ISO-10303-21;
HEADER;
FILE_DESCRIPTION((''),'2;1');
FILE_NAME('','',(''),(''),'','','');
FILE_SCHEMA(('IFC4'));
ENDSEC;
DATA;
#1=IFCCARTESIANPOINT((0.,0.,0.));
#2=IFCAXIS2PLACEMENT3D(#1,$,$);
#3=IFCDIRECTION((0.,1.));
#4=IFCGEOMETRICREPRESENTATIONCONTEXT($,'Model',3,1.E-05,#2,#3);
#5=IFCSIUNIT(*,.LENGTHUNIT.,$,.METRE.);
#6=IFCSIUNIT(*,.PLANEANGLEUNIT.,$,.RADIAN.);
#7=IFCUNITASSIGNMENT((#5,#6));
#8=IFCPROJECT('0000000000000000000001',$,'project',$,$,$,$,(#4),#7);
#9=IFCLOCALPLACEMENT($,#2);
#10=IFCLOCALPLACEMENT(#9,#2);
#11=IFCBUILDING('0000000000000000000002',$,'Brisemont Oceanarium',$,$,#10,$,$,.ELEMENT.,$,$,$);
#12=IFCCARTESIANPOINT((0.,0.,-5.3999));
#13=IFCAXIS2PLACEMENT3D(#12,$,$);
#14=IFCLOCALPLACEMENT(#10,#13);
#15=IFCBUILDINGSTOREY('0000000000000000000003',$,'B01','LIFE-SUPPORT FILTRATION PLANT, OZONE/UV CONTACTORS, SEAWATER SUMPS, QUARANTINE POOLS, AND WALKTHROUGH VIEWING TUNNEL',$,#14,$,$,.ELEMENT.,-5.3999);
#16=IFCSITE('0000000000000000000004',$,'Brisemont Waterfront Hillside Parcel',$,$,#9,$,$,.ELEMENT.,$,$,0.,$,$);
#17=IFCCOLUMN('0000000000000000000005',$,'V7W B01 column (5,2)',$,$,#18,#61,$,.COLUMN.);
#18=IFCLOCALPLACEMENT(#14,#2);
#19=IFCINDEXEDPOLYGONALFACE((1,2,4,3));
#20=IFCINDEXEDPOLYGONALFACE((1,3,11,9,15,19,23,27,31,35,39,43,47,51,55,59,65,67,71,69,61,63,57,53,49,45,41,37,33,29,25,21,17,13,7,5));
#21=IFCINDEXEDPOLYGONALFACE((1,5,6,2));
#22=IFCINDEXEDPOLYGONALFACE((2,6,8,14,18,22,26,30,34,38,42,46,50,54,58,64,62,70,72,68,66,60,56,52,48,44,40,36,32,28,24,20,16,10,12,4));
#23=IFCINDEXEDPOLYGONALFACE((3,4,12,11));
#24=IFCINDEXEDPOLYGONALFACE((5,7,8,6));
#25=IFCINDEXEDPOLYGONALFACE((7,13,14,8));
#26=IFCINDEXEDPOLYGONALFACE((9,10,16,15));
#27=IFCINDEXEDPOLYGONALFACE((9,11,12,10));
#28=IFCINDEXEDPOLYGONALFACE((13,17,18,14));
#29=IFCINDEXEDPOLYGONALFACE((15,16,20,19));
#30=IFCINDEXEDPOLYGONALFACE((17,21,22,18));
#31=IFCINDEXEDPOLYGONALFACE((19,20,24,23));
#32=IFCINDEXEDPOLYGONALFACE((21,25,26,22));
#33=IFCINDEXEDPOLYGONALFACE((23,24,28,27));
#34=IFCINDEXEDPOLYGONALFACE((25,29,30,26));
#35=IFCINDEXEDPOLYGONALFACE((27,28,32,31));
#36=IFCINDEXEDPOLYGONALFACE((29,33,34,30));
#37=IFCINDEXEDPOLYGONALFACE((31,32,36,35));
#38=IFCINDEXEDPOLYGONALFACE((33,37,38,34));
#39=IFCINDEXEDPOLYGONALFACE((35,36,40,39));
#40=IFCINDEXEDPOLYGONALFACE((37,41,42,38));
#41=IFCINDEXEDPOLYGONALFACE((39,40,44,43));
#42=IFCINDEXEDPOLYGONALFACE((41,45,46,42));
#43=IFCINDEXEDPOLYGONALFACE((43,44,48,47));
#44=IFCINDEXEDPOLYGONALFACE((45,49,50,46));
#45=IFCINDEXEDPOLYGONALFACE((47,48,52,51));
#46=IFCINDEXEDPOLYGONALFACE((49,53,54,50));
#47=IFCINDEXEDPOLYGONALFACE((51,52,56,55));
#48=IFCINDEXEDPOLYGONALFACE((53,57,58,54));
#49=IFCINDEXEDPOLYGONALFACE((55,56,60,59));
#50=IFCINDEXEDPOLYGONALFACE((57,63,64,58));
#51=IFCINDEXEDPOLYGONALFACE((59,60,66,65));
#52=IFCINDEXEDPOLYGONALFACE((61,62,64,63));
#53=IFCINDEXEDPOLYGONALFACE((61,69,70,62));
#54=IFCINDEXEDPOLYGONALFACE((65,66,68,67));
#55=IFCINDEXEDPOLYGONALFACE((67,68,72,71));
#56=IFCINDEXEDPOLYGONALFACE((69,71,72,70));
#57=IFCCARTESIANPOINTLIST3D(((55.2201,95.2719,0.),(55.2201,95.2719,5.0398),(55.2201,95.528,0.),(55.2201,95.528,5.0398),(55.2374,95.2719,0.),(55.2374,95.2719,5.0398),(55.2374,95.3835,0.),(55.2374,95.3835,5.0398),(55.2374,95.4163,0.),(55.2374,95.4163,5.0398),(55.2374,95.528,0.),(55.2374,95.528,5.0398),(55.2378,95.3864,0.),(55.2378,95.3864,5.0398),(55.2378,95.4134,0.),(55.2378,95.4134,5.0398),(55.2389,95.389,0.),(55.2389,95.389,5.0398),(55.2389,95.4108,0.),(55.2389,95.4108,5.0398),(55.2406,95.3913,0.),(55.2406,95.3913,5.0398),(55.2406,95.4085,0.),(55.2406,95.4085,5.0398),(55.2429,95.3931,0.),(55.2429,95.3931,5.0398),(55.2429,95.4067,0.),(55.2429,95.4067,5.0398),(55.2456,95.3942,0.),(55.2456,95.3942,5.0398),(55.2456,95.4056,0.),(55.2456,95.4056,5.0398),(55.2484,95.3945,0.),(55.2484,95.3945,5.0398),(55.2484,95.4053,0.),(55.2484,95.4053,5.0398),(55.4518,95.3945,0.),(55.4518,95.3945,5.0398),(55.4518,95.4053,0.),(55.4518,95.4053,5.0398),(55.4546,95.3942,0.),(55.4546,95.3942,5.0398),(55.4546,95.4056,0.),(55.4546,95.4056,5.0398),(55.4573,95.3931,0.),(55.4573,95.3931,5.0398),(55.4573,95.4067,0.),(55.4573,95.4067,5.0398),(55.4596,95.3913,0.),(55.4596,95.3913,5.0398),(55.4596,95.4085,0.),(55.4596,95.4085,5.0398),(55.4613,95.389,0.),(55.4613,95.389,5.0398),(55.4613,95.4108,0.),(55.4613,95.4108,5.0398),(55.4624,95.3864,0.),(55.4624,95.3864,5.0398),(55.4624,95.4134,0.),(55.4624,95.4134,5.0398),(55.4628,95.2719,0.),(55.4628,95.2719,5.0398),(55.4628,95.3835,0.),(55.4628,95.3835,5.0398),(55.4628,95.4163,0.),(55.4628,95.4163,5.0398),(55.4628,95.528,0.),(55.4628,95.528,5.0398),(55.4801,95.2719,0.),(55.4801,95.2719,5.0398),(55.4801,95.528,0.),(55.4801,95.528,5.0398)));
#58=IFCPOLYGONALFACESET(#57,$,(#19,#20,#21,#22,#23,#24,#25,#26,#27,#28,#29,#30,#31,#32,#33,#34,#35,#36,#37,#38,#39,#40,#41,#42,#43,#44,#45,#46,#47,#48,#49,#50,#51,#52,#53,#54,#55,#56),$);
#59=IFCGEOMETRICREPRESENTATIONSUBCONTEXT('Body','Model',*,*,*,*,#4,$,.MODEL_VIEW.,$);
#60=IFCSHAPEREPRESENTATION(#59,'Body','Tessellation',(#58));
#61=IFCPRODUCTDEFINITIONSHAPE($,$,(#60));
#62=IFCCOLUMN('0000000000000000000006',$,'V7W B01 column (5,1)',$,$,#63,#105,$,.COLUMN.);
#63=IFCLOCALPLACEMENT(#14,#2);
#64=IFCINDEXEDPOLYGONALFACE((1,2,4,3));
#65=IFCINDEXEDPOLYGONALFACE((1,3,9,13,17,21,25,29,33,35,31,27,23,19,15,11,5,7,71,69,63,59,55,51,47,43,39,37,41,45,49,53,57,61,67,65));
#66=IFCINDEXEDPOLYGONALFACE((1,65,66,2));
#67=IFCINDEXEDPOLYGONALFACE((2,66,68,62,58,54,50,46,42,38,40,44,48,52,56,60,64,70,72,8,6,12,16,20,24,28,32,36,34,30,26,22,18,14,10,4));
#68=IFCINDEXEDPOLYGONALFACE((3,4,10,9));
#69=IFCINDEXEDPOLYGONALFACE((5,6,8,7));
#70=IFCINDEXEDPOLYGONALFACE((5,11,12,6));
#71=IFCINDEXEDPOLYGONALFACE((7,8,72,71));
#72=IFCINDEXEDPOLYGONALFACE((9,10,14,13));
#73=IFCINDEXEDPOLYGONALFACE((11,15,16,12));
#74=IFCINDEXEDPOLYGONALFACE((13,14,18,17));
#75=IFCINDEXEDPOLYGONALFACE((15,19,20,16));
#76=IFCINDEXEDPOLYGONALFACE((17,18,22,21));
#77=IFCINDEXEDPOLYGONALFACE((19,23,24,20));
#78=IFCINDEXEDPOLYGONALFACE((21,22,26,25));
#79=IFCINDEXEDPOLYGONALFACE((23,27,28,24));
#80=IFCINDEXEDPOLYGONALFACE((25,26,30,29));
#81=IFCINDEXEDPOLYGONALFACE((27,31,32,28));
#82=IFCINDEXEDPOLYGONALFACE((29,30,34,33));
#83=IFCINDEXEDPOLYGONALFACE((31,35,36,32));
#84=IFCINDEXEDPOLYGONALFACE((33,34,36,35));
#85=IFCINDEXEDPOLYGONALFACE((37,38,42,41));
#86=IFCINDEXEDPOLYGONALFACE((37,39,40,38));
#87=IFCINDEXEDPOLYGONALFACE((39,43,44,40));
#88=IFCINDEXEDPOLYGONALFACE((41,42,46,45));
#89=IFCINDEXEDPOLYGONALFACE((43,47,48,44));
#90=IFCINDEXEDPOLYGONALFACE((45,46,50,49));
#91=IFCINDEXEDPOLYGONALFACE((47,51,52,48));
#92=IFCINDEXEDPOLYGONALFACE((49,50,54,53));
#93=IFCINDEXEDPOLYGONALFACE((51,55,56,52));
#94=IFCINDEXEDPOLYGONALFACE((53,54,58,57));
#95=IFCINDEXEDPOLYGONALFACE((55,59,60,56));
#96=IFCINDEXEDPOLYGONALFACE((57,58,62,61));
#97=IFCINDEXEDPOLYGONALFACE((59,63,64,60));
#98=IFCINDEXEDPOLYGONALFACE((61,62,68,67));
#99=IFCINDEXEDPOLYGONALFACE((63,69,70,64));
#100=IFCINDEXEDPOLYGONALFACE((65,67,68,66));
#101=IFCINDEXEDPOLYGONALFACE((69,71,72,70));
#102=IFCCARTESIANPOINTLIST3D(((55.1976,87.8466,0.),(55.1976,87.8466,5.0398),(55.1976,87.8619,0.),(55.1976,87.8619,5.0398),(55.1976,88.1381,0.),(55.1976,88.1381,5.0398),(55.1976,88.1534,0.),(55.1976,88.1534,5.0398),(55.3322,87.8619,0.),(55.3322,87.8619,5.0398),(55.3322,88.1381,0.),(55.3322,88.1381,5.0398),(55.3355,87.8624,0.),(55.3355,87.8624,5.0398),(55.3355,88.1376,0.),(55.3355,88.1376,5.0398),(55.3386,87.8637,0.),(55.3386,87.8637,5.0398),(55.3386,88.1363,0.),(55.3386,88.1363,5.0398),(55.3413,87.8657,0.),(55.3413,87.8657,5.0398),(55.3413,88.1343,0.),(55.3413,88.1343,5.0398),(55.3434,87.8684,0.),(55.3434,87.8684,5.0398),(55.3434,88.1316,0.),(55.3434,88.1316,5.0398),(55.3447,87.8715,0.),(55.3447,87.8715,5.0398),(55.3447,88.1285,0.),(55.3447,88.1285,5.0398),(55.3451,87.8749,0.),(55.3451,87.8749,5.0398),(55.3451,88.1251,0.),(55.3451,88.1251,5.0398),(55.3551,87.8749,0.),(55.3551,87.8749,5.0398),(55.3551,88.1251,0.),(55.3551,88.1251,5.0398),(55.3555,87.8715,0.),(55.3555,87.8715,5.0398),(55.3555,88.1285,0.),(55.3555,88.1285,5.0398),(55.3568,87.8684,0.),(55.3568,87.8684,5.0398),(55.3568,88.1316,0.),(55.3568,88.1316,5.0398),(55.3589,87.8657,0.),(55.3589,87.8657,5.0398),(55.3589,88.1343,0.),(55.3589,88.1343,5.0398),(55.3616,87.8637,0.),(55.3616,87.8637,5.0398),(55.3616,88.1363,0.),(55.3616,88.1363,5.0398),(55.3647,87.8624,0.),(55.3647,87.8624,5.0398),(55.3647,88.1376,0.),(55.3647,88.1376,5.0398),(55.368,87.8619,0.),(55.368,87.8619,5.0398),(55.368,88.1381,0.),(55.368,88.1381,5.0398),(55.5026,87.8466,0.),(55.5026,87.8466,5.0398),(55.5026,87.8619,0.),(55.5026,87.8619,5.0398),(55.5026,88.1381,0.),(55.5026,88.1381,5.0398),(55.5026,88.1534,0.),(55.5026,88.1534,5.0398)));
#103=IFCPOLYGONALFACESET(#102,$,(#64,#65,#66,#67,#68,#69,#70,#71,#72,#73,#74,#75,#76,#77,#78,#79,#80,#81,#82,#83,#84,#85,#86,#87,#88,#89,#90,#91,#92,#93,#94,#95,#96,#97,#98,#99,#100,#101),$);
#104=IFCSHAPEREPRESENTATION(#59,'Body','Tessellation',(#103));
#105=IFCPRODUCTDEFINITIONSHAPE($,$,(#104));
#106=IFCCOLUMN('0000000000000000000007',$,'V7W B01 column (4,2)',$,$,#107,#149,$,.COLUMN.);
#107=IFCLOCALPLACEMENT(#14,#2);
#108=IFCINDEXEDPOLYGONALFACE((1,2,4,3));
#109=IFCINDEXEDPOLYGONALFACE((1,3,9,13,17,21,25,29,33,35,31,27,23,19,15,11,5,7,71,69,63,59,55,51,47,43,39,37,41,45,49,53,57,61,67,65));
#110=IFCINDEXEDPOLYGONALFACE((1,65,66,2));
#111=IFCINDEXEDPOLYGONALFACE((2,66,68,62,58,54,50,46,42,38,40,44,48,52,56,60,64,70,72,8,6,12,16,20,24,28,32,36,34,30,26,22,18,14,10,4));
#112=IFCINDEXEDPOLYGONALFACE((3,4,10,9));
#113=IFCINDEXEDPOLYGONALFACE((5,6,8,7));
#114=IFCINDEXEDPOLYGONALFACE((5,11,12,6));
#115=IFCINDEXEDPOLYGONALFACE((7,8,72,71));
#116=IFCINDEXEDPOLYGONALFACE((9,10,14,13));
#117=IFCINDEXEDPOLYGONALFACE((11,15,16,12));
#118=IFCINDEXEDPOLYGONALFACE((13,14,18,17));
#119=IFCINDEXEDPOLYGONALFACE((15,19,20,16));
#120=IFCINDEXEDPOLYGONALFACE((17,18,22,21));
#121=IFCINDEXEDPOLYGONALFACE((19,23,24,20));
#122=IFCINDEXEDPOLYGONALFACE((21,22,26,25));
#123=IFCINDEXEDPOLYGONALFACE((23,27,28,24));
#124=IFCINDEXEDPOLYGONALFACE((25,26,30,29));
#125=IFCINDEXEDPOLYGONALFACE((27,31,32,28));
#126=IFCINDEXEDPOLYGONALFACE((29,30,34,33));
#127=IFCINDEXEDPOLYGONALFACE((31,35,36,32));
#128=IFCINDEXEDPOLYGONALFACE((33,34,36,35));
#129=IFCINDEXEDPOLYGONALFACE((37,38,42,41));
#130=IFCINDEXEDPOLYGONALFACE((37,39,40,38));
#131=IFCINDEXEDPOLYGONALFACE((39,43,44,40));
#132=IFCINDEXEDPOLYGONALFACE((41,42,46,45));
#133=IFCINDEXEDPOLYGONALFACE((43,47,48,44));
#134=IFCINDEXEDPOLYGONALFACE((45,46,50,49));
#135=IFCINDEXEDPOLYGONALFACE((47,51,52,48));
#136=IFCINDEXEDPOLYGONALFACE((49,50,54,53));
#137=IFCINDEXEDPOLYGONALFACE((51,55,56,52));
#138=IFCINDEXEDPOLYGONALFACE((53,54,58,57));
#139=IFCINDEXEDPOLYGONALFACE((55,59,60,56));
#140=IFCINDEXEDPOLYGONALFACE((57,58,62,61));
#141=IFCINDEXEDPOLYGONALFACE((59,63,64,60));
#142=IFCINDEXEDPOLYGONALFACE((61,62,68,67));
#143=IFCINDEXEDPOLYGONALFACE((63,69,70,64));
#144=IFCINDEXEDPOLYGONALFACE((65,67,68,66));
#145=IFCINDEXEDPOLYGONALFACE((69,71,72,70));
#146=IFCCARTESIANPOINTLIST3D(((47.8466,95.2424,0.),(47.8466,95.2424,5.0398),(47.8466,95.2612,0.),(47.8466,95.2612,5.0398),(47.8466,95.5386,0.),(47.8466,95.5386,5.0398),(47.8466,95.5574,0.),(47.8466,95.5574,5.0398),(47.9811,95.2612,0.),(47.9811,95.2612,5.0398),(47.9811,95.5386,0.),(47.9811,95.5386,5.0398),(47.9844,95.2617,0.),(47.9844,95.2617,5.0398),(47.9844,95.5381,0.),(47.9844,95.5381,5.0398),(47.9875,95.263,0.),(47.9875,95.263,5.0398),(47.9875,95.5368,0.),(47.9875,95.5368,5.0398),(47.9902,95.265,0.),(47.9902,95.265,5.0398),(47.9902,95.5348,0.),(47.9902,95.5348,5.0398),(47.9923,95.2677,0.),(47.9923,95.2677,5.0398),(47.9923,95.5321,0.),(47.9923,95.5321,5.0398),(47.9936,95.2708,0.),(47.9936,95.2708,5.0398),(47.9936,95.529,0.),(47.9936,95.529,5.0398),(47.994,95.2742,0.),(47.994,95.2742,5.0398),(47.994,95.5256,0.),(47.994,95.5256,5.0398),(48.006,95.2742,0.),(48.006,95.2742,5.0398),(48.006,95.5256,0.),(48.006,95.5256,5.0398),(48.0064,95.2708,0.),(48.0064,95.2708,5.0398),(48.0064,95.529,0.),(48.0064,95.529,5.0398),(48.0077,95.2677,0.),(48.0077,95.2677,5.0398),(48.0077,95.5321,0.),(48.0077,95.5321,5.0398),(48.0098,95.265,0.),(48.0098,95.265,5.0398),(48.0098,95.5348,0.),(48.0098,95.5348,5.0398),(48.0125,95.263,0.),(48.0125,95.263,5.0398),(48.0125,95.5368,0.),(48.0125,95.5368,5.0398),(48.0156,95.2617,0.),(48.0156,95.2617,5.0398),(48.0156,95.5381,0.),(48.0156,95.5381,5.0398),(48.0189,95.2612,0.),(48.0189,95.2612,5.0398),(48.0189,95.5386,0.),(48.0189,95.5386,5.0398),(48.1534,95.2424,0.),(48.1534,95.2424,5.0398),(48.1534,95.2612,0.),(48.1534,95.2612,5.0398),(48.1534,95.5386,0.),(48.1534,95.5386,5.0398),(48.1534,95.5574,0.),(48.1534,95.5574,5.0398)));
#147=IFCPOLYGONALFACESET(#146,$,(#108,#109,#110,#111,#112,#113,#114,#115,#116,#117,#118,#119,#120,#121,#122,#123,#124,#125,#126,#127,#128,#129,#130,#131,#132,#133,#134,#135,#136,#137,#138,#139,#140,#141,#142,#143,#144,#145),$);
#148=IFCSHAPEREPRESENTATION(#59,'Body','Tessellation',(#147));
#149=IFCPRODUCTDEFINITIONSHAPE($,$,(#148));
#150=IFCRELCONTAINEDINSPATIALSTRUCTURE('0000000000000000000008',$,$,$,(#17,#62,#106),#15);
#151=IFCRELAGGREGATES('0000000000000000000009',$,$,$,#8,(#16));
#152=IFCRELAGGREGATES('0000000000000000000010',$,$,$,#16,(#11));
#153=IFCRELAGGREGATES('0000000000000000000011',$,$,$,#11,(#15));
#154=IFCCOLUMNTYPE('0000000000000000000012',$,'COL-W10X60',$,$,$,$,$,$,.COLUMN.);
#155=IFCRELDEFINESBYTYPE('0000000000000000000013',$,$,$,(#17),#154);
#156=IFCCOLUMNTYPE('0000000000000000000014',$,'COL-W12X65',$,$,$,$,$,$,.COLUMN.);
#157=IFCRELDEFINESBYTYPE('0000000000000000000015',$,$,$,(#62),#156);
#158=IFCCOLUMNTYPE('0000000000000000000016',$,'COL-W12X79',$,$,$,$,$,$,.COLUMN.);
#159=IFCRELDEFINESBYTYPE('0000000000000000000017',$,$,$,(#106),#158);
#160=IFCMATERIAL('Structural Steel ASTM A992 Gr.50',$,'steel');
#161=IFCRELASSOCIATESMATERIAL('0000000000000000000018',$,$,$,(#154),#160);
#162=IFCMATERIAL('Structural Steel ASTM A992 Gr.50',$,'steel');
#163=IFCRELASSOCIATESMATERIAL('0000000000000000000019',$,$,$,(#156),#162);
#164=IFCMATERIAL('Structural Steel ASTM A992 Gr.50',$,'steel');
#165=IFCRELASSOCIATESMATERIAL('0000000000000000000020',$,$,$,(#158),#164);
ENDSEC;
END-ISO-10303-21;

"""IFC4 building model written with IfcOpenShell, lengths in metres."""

from ifc_helpers import new_model, si_unit, direction, frame, origin, origin_2d, place, context, subcontext, project, spatial, i_section, extrude, material, material_profile, profile_set, type_object, element, save


model = new_model("IFC4")

# Units and contexts
model_context = context("Model", 3, precision=1e-05, world=origin(), true_north=direction((0.0, 1.0)))
body_context = subcontext(model_context, "Body", "Model", "MODEL_VIEW")
ifc_project = project(units=[si_unit("LENGTHUNIT", "METRE"), si_unit("PLANEANGLEUNIT", "RADIAN")], contexts=[model_context])

# Site, building, storey
site_placement = place(None, origin())
site = spatial("IfcSite", under=ifc_project, at=site_placement, Name="Brisemont Waterfront Hillside Parcel", CompositionType="ELEMENT", RefElevation=0.0)
building_placement = place(site_placement, origin())
building = spatial("IfcBuilding", under=site, at=building_placement, Name="Brisemont Oceanarium", CompositionType="ELEMENT")
storey_placement = place(building_placement, frame((0.0, 0.0, -5.3999)))
storey = spatial("IfcBuildingStorey", under=building, at=storey_placement, Name="B01", Description="LIFE-SUPPORT FILTRATION PLANT, OZONE/UV CONTACTORS, SEAWATER SUMPS, QUARANTINE POOLS, AND WALKTHROUGH VIEWING TUNNEL", CompositionType="ELEMENT", Elevation=-5.3999)

# Columns
ifc_material_1 = material(Name="Structural Steel ASTM A992 Gr.50", Category="steel")
ifc_material_profile_1 = material_profile(ifc_material_1, i_section(OverallWidth=0.2561, OverallDepth=0.26, WebThickness=0.0107, FlangeThickness=0.0173, FilletRadius=0.011, at=origin_2d()), Name="W10X60")
ifc_profile_set_1 = profile_set([ifc_material_profile_1], Name="Structural Steel ASTM A992 Gr.50")
column_type_1 = type_object("IfcColumnType", Name="COL-W10X60", PredefinedType="COLUMN", material=ifc_profile_set_1)
column_1_placement = place(storey_placement, frame((55.3501, 95.3999, 0.0), z_axis=(0.0, 0.0, 1.0), x_axis=(0.0, 1.0, 0.0)))
element("IfcColumn", 1, at=column_1_placement, inside=storey, type_object=column_type_1, Name="V7W B01 column (5,2)", PredefinedType="COLUMN", context=body_context, shape_type="SweptSolid", body=[
    extrude(i_section(OverallWidth=0.2561, OverallDepth=0.26, WebThickness=0.0107, FlangeThickness=0.0173, FilletRadius=0.011, at=origin_2d()), origin(), (0.0, 0.0, 1.0), 5.0398),
])
ifc_material_2 = material(Name="Structural Steel ASTM A992 Gr.50", Category="steel")
ifc_material_profile_2 = material_profile(ifc_material_2, i_section(OverallWidth=0.3049, OverallDepth=0.3069, WebThickness=0.01, FlangeThickness=0.0154, FilletRadius=0.0129, at=origin_2d()), Name="W12X65")
ifc_profile_set_2 = profile_set([ifc_material_profile_2], Name="Structural Steel ASTM A992 Gr.50")
column_type_2 = type_object("IfcColumnType", Name="COL-W12X65", PredefinedType="COLUMN", material=ifc_profile_set_2)
column_2_placement = place(storey_placement, frame((55.3501, 88.0, 0.0), z_axis=(0.0, 0.0, 1.0), x_axis=(1.0, 0.0, 0.0)))
element("IfcColumn", 2, at=column_2_placement, inside=storey, type_object=column_type_2, Name="V7W B01 column (5,1)", PredefinedType="COLUMN", context=body_context, shape_type="SweptSolid", body=[
    extrude(i_section(OverallWidth=0.3049, OverallDepth=0.3069, WebThickness=0.01, FlangeThickness=0.0154, FilletRadius=0.0129, at=origin_2d()), origin(), (0.0, 0.0, 1.0), 5.0398),
])
ifc_material_3 = material(Name="Structural Steel ASTM A992 Gr.50", Category="steel")
ifc_material_profile_3 = material_profile(ifc_material_3, i_section(OverallWidth=0.3069, OverallDepth=0.3149, WebThickness=0.012, FlangeThickness=0.0188, FilletRadius=0.0129, at=origin_2d()), Name="W12X79")
ifc_profile_set_3 = profile_set([ifc_material_profile_3], Name="Structural Steel ASTM A992 Gr.50")
column_type_3 = type_object("IfcColumnType", Name="COL-W12X79", PredefinedType="COLUMN", material=ifc_profile_set_3)
column_3_placement = place(storey_placement, frame((48.0, 95.3999, 0.0), z_axis=(0.0, 0.0, 1.0), x_axis=(1.0, 0.0, 0.0)))
element("IfcColumn", 3, at=column_3_placement, inside=storey, type_object=column_type_3, Name="V7W B01 column (4,2)", PredefinedType="COLUMN", context=body_context, shape_type="SweptSolid", body=[
    extrude(i_section(OverallWidth=0.3069, OverallDepth=0.3149, WebThickness=0.012, FlangeThickness=0.0188, FilletRadius=0.0129, at=origin_2d()), origin(), (0.0, 0.0, 1.0), 5.0398),
])

save(model, "model.ifc")
